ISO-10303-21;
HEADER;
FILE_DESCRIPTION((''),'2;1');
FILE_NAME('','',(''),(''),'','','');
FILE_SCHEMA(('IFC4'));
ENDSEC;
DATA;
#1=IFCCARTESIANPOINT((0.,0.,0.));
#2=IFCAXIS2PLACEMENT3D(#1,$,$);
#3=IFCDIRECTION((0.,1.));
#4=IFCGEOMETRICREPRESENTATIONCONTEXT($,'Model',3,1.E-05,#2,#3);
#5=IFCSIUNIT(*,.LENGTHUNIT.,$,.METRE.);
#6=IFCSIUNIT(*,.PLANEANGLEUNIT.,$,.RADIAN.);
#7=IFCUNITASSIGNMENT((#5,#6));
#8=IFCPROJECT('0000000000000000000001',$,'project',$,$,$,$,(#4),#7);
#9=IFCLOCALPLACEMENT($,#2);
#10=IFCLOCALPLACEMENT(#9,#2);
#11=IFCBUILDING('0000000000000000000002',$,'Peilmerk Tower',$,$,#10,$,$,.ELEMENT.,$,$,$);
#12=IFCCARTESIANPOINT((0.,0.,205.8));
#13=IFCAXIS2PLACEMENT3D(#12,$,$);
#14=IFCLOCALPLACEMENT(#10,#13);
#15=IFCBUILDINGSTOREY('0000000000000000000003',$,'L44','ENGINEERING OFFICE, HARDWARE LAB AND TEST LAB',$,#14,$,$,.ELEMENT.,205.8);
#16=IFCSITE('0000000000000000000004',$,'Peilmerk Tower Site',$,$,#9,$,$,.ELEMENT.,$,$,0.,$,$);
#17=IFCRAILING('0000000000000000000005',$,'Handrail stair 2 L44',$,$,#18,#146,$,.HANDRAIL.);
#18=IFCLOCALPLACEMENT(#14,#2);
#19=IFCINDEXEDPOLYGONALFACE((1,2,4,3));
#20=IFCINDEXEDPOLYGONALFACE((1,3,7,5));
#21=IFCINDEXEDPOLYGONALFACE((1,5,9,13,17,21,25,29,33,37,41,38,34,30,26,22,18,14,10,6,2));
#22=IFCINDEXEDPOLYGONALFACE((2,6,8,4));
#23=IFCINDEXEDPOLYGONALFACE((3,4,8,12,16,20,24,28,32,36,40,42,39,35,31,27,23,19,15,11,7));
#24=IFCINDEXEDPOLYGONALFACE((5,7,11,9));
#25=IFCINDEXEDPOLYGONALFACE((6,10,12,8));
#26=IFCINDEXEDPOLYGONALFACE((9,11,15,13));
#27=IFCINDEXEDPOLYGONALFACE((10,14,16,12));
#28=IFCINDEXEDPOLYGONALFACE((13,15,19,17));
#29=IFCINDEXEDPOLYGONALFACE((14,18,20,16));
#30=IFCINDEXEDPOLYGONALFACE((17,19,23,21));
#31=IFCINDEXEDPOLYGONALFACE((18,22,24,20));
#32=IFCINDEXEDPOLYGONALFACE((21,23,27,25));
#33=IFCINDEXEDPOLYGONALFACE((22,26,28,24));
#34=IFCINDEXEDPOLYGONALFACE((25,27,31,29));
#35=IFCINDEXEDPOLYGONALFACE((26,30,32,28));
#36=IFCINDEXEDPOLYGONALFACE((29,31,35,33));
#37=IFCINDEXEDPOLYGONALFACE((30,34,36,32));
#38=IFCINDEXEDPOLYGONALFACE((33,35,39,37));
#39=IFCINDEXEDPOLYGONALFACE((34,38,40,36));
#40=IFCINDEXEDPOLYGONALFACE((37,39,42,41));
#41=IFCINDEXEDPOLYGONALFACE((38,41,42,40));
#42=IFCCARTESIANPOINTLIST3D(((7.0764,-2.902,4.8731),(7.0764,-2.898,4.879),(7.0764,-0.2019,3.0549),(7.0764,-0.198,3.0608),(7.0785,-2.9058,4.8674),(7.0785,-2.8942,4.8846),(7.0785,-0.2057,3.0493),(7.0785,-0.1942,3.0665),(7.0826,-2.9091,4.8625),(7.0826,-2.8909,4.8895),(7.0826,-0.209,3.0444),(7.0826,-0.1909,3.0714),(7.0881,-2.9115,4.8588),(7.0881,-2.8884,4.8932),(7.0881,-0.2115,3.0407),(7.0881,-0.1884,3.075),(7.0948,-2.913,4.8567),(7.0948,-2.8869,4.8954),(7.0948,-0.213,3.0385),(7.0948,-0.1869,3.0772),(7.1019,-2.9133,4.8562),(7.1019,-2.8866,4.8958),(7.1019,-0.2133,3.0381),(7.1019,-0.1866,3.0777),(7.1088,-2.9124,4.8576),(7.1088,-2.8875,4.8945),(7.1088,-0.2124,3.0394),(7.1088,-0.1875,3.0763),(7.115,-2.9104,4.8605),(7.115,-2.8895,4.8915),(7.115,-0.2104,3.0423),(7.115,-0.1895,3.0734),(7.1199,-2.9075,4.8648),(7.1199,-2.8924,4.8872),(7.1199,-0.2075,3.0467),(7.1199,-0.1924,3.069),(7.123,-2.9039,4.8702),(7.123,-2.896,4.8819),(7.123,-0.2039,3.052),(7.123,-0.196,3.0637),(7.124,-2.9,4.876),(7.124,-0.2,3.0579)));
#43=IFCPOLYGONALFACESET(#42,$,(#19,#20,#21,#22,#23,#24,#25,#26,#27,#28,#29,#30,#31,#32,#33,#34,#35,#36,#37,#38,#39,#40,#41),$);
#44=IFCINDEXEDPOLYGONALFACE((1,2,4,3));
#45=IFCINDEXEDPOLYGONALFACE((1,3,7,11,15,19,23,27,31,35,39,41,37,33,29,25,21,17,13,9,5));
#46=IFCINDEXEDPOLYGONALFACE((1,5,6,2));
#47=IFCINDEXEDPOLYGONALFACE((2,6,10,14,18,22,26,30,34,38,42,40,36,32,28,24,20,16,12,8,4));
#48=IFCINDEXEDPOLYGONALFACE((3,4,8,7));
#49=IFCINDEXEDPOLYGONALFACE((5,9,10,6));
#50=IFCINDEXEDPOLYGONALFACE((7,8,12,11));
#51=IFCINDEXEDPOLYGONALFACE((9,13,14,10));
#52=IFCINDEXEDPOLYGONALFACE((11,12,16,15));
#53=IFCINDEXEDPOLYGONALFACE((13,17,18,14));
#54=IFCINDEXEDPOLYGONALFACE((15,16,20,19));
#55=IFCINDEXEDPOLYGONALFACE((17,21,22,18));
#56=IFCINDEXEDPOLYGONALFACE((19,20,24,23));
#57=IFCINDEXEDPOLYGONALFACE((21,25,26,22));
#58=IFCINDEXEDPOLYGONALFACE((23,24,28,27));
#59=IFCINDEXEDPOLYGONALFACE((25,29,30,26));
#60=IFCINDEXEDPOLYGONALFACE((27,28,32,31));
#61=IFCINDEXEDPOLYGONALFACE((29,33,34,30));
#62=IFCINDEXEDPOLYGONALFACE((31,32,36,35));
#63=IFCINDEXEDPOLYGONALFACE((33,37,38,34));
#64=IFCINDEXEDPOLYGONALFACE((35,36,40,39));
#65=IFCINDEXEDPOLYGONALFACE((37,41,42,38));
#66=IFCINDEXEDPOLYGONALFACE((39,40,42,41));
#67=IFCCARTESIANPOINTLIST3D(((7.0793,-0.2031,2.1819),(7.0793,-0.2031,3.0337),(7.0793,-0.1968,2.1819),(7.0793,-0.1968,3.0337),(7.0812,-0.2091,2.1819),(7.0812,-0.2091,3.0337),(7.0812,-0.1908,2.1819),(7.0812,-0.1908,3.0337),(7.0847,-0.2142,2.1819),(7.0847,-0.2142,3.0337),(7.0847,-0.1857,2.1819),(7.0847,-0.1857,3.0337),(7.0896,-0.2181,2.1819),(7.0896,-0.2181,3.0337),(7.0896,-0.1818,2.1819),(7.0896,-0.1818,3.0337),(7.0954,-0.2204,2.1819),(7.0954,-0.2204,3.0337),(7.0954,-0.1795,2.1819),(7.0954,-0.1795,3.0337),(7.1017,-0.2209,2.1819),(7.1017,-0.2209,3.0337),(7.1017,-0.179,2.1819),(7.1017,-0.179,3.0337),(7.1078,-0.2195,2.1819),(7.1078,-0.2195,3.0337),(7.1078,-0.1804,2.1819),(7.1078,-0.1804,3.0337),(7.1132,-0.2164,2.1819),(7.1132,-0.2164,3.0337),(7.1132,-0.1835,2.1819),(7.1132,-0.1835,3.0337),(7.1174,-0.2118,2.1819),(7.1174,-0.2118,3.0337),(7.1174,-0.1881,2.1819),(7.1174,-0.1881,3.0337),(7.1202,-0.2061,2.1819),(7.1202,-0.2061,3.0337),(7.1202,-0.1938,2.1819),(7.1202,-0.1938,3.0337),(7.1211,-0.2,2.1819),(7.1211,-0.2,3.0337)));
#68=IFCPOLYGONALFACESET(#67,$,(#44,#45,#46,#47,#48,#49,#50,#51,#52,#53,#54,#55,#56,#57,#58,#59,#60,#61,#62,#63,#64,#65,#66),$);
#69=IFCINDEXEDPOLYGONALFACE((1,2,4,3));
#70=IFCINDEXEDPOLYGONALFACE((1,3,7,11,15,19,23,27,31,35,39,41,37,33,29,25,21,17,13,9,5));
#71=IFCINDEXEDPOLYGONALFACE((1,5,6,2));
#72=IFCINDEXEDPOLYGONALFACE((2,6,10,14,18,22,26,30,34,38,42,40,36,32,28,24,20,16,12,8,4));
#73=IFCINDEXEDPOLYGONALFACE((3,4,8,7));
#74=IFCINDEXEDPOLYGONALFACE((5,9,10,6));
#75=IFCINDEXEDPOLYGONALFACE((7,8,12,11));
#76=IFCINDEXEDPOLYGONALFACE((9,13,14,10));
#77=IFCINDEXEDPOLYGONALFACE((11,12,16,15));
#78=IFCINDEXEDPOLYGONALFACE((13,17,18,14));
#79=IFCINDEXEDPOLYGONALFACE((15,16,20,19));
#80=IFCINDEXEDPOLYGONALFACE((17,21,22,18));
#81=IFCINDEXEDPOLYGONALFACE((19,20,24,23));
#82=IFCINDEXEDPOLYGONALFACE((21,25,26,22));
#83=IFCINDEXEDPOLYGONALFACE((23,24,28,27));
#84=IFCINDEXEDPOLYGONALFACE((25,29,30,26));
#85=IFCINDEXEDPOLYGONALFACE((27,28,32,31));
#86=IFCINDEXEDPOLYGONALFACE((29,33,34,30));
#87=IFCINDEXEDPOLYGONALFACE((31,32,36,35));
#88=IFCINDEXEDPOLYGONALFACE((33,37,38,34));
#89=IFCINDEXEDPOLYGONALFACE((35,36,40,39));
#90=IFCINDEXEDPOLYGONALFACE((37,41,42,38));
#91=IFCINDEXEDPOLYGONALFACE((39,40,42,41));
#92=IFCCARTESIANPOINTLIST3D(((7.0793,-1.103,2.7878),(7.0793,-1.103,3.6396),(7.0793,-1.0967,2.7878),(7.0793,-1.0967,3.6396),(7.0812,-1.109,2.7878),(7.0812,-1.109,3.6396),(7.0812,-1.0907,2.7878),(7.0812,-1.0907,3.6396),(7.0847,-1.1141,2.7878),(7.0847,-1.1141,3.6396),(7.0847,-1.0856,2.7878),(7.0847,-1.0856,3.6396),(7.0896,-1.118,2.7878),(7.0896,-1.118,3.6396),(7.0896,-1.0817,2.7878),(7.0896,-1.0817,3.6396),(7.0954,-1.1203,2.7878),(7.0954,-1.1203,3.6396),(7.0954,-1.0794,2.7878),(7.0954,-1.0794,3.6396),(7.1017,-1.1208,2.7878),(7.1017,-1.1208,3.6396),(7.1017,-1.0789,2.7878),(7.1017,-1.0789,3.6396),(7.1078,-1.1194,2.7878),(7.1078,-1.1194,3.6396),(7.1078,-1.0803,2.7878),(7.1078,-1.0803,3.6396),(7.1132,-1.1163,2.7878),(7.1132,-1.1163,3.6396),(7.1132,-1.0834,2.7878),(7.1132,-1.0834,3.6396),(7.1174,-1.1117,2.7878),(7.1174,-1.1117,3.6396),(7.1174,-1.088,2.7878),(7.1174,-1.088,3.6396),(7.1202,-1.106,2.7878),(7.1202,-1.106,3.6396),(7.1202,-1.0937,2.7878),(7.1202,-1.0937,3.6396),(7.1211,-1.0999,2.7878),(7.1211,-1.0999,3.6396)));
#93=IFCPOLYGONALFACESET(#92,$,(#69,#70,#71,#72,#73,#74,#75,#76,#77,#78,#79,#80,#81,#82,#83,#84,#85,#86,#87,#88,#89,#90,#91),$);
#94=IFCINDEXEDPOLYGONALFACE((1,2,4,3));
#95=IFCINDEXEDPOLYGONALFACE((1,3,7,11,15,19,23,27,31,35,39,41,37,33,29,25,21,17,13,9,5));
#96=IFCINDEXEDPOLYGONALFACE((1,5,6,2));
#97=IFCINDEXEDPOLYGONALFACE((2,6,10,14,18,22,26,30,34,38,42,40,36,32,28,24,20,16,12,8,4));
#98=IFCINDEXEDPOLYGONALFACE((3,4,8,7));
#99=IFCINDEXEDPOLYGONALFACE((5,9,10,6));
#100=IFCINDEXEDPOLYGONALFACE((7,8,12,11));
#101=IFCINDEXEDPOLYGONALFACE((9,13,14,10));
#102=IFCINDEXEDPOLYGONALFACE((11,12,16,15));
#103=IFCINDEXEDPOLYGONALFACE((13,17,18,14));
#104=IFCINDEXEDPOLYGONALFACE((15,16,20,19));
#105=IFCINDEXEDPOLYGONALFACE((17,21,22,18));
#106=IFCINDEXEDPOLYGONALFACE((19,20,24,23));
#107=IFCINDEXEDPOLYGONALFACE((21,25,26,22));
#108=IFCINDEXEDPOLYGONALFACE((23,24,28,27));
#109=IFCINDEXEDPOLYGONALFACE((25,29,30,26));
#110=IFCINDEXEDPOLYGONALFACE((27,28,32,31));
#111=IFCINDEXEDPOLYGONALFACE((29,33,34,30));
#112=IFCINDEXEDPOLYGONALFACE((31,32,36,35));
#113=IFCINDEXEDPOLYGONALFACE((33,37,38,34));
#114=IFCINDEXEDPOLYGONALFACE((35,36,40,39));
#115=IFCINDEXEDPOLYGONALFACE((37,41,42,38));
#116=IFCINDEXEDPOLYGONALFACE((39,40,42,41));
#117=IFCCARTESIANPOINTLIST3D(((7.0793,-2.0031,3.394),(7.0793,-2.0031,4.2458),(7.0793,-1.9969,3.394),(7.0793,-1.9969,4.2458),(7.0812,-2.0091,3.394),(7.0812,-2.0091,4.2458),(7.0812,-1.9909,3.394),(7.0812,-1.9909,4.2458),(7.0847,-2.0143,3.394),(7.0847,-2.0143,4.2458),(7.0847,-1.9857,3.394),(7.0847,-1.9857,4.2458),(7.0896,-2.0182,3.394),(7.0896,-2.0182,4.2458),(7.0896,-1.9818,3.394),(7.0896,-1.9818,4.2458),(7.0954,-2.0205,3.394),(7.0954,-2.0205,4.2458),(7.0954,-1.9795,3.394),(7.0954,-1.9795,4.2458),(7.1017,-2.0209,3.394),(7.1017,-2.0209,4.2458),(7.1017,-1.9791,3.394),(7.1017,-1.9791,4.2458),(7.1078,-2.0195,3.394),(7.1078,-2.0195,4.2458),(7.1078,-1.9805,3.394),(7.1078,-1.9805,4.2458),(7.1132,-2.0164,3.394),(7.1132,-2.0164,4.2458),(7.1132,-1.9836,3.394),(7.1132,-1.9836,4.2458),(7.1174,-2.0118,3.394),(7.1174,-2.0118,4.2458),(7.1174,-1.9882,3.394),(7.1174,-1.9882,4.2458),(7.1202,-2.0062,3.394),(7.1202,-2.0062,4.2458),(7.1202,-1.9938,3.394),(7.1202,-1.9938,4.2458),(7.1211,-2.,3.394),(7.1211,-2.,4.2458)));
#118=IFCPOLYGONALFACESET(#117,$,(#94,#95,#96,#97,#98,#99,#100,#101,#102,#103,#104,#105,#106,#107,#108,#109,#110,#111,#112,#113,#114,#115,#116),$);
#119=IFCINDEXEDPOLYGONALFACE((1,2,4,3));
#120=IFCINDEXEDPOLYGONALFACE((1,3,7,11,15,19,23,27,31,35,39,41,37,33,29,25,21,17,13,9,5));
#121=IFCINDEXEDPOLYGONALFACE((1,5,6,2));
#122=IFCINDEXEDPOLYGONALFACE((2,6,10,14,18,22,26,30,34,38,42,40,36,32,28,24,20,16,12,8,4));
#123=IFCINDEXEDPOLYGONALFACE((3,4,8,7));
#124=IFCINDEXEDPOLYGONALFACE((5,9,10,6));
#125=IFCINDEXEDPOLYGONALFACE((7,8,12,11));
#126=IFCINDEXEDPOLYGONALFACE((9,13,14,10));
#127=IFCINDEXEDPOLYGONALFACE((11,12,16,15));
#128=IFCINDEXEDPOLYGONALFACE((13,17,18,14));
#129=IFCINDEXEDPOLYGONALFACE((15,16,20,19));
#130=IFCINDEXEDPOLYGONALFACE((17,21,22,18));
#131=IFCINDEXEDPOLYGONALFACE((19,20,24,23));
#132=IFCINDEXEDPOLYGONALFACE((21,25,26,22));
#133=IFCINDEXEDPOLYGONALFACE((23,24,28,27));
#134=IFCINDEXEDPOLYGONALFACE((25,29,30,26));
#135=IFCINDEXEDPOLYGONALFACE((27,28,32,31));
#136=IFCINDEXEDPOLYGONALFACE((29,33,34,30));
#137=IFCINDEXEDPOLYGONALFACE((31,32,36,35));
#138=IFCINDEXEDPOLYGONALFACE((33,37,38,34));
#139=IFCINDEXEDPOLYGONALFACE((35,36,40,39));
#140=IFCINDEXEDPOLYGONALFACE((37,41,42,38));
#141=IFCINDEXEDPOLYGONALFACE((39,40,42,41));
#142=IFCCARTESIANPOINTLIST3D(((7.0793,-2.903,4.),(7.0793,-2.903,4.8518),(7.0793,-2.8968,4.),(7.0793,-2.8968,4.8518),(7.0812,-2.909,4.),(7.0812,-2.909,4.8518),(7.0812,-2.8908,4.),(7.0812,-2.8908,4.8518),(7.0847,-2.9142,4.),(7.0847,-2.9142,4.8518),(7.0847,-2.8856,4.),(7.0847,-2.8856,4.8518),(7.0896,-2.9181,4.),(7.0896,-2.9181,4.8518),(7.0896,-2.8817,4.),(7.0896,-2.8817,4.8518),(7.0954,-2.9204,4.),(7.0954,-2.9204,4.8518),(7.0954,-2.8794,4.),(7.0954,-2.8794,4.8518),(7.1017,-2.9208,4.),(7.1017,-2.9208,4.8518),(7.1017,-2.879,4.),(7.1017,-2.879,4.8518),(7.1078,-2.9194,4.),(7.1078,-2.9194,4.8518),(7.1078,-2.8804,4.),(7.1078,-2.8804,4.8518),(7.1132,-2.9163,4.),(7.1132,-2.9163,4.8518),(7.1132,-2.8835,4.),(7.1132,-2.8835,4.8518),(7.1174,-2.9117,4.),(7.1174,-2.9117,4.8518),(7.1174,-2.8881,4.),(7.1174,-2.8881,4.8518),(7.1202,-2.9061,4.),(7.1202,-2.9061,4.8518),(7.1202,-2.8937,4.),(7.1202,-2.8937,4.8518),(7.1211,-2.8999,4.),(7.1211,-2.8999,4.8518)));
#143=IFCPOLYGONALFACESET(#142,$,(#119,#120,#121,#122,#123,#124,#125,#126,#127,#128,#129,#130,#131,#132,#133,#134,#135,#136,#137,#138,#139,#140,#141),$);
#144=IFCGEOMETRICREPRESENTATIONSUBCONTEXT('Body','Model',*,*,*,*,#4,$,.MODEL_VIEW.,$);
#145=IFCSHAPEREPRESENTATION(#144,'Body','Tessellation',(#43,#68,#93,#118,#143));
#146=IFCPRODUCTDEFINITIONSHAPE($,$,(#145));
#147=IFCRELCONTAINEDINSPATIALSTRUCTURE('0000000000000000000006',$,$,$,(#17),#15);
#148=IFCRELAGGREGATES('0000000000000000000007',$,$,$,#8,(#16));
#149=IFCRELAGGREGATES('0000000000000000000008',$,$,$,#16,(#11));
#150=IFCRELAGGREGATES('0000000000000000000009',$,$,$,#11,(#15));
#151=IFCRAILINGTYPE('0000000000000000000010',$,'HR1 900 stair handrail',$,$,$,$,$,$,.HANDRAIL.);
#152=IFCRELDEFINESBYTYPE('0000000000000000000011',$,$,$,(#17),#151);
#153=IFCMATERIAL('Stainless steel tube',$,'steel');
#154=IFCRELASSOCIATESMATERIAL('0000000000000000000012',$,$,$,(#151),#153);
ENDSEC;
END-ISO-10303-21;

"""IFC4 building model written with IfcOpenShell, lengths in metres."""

from ifc_helpers import new_model, si_unit, direction, frame, origin, origin_2d, place, context, subcontext, project, spatial, circle, extrude, material, type_object, element, save


model = new_model("IFC4")

# Units and contexts
model_context = context("Model", 3, precision=1e-05, world=origin(), true_north=direction((0.0, 1.0)))
body_context = subcontext(model_context, "Body", "Model", "MODEL_VIEW")
ifc_project = project(units=[si_unit("LENGTHUNIT", "METRE"), si_unit("PLANEANGLEUNIT", "RADIAN")], contexts=[model_context])

# Site, building, storey
site_placement = place(None, origin())
site = spatial("IfcSite", under=ifc_project, at=site_placement, Name="Peilmerk Tower Site", CompositionType="ELEMENT", RefElevation=0.0)
building_placement = place(site_placement, origin())
building = spatial("IfcBuilding", under=site, at=building_placement, Name="Peilmerk Tower", CompositionType="ELEMENT")
storey_placement = place(building_placement, frame((0.0, 0.0, 205.8)))
storey = spatial("IfcBuildingStorey", under=building, at=storey_placement, Name="L44", Description="ENGINEERING OFFICE, HARDWARE LAB AND TEST LAB", CompositionType="ELEMENT", Elevation=205.8)

# Railing
ifc_material_1 = material(Name="Stainless steel tube", Category="steel")
railing_type_1 = type_object("IfcRailingType", Name="HR1 900 stair handrail", PredefinedType="HANDRAIL", material=ifc_material_1)
railing_1_placement = place(storey_placement, frame((7.1001, -0.2, 2.1819)))
element("IfcRailing", 1, at=railing_1_placement, inside=storey, type_object=railing_type_1, Name="Handrail stair 2 L44", PredefinedType="HANDRAIL", context=body_context, shape_type="SweptSolid", body=[
    extrude(circle(Radius=0.0239, at=origin_2d()), frame((0.0, 0.0, 0.876), z_axis=(0.0, -0.829468, 0.558554), x_axis=(1.0, 0.0, 0.0)), (0.0, 0.0, 1.0), 3.2551),
    extrude(circle(Radius=0.021, at=origin_2d()), origin(), (0.0, 0.0, 1.0), 0.8518),
    extrude(circle(Radius=0.021, at=origin_2d()), frame((0.0, -0.8999, 0.606)), (0.0, 0.0, 1.0), 0.8518),
    extrude(circle(Radius=0.021, at=origin_2d()), frame((0.0, -1.8, 1.2122)), (0.0, 0.0, 1.0), 0.8518),
    extrude(circle(Radius=0.021, at=origin_2d()), frame((0.0, -2.7, 1.8181)), (0.0, 0.0, 1.0), 0.8518),
])

save(model, "model.ifc")
